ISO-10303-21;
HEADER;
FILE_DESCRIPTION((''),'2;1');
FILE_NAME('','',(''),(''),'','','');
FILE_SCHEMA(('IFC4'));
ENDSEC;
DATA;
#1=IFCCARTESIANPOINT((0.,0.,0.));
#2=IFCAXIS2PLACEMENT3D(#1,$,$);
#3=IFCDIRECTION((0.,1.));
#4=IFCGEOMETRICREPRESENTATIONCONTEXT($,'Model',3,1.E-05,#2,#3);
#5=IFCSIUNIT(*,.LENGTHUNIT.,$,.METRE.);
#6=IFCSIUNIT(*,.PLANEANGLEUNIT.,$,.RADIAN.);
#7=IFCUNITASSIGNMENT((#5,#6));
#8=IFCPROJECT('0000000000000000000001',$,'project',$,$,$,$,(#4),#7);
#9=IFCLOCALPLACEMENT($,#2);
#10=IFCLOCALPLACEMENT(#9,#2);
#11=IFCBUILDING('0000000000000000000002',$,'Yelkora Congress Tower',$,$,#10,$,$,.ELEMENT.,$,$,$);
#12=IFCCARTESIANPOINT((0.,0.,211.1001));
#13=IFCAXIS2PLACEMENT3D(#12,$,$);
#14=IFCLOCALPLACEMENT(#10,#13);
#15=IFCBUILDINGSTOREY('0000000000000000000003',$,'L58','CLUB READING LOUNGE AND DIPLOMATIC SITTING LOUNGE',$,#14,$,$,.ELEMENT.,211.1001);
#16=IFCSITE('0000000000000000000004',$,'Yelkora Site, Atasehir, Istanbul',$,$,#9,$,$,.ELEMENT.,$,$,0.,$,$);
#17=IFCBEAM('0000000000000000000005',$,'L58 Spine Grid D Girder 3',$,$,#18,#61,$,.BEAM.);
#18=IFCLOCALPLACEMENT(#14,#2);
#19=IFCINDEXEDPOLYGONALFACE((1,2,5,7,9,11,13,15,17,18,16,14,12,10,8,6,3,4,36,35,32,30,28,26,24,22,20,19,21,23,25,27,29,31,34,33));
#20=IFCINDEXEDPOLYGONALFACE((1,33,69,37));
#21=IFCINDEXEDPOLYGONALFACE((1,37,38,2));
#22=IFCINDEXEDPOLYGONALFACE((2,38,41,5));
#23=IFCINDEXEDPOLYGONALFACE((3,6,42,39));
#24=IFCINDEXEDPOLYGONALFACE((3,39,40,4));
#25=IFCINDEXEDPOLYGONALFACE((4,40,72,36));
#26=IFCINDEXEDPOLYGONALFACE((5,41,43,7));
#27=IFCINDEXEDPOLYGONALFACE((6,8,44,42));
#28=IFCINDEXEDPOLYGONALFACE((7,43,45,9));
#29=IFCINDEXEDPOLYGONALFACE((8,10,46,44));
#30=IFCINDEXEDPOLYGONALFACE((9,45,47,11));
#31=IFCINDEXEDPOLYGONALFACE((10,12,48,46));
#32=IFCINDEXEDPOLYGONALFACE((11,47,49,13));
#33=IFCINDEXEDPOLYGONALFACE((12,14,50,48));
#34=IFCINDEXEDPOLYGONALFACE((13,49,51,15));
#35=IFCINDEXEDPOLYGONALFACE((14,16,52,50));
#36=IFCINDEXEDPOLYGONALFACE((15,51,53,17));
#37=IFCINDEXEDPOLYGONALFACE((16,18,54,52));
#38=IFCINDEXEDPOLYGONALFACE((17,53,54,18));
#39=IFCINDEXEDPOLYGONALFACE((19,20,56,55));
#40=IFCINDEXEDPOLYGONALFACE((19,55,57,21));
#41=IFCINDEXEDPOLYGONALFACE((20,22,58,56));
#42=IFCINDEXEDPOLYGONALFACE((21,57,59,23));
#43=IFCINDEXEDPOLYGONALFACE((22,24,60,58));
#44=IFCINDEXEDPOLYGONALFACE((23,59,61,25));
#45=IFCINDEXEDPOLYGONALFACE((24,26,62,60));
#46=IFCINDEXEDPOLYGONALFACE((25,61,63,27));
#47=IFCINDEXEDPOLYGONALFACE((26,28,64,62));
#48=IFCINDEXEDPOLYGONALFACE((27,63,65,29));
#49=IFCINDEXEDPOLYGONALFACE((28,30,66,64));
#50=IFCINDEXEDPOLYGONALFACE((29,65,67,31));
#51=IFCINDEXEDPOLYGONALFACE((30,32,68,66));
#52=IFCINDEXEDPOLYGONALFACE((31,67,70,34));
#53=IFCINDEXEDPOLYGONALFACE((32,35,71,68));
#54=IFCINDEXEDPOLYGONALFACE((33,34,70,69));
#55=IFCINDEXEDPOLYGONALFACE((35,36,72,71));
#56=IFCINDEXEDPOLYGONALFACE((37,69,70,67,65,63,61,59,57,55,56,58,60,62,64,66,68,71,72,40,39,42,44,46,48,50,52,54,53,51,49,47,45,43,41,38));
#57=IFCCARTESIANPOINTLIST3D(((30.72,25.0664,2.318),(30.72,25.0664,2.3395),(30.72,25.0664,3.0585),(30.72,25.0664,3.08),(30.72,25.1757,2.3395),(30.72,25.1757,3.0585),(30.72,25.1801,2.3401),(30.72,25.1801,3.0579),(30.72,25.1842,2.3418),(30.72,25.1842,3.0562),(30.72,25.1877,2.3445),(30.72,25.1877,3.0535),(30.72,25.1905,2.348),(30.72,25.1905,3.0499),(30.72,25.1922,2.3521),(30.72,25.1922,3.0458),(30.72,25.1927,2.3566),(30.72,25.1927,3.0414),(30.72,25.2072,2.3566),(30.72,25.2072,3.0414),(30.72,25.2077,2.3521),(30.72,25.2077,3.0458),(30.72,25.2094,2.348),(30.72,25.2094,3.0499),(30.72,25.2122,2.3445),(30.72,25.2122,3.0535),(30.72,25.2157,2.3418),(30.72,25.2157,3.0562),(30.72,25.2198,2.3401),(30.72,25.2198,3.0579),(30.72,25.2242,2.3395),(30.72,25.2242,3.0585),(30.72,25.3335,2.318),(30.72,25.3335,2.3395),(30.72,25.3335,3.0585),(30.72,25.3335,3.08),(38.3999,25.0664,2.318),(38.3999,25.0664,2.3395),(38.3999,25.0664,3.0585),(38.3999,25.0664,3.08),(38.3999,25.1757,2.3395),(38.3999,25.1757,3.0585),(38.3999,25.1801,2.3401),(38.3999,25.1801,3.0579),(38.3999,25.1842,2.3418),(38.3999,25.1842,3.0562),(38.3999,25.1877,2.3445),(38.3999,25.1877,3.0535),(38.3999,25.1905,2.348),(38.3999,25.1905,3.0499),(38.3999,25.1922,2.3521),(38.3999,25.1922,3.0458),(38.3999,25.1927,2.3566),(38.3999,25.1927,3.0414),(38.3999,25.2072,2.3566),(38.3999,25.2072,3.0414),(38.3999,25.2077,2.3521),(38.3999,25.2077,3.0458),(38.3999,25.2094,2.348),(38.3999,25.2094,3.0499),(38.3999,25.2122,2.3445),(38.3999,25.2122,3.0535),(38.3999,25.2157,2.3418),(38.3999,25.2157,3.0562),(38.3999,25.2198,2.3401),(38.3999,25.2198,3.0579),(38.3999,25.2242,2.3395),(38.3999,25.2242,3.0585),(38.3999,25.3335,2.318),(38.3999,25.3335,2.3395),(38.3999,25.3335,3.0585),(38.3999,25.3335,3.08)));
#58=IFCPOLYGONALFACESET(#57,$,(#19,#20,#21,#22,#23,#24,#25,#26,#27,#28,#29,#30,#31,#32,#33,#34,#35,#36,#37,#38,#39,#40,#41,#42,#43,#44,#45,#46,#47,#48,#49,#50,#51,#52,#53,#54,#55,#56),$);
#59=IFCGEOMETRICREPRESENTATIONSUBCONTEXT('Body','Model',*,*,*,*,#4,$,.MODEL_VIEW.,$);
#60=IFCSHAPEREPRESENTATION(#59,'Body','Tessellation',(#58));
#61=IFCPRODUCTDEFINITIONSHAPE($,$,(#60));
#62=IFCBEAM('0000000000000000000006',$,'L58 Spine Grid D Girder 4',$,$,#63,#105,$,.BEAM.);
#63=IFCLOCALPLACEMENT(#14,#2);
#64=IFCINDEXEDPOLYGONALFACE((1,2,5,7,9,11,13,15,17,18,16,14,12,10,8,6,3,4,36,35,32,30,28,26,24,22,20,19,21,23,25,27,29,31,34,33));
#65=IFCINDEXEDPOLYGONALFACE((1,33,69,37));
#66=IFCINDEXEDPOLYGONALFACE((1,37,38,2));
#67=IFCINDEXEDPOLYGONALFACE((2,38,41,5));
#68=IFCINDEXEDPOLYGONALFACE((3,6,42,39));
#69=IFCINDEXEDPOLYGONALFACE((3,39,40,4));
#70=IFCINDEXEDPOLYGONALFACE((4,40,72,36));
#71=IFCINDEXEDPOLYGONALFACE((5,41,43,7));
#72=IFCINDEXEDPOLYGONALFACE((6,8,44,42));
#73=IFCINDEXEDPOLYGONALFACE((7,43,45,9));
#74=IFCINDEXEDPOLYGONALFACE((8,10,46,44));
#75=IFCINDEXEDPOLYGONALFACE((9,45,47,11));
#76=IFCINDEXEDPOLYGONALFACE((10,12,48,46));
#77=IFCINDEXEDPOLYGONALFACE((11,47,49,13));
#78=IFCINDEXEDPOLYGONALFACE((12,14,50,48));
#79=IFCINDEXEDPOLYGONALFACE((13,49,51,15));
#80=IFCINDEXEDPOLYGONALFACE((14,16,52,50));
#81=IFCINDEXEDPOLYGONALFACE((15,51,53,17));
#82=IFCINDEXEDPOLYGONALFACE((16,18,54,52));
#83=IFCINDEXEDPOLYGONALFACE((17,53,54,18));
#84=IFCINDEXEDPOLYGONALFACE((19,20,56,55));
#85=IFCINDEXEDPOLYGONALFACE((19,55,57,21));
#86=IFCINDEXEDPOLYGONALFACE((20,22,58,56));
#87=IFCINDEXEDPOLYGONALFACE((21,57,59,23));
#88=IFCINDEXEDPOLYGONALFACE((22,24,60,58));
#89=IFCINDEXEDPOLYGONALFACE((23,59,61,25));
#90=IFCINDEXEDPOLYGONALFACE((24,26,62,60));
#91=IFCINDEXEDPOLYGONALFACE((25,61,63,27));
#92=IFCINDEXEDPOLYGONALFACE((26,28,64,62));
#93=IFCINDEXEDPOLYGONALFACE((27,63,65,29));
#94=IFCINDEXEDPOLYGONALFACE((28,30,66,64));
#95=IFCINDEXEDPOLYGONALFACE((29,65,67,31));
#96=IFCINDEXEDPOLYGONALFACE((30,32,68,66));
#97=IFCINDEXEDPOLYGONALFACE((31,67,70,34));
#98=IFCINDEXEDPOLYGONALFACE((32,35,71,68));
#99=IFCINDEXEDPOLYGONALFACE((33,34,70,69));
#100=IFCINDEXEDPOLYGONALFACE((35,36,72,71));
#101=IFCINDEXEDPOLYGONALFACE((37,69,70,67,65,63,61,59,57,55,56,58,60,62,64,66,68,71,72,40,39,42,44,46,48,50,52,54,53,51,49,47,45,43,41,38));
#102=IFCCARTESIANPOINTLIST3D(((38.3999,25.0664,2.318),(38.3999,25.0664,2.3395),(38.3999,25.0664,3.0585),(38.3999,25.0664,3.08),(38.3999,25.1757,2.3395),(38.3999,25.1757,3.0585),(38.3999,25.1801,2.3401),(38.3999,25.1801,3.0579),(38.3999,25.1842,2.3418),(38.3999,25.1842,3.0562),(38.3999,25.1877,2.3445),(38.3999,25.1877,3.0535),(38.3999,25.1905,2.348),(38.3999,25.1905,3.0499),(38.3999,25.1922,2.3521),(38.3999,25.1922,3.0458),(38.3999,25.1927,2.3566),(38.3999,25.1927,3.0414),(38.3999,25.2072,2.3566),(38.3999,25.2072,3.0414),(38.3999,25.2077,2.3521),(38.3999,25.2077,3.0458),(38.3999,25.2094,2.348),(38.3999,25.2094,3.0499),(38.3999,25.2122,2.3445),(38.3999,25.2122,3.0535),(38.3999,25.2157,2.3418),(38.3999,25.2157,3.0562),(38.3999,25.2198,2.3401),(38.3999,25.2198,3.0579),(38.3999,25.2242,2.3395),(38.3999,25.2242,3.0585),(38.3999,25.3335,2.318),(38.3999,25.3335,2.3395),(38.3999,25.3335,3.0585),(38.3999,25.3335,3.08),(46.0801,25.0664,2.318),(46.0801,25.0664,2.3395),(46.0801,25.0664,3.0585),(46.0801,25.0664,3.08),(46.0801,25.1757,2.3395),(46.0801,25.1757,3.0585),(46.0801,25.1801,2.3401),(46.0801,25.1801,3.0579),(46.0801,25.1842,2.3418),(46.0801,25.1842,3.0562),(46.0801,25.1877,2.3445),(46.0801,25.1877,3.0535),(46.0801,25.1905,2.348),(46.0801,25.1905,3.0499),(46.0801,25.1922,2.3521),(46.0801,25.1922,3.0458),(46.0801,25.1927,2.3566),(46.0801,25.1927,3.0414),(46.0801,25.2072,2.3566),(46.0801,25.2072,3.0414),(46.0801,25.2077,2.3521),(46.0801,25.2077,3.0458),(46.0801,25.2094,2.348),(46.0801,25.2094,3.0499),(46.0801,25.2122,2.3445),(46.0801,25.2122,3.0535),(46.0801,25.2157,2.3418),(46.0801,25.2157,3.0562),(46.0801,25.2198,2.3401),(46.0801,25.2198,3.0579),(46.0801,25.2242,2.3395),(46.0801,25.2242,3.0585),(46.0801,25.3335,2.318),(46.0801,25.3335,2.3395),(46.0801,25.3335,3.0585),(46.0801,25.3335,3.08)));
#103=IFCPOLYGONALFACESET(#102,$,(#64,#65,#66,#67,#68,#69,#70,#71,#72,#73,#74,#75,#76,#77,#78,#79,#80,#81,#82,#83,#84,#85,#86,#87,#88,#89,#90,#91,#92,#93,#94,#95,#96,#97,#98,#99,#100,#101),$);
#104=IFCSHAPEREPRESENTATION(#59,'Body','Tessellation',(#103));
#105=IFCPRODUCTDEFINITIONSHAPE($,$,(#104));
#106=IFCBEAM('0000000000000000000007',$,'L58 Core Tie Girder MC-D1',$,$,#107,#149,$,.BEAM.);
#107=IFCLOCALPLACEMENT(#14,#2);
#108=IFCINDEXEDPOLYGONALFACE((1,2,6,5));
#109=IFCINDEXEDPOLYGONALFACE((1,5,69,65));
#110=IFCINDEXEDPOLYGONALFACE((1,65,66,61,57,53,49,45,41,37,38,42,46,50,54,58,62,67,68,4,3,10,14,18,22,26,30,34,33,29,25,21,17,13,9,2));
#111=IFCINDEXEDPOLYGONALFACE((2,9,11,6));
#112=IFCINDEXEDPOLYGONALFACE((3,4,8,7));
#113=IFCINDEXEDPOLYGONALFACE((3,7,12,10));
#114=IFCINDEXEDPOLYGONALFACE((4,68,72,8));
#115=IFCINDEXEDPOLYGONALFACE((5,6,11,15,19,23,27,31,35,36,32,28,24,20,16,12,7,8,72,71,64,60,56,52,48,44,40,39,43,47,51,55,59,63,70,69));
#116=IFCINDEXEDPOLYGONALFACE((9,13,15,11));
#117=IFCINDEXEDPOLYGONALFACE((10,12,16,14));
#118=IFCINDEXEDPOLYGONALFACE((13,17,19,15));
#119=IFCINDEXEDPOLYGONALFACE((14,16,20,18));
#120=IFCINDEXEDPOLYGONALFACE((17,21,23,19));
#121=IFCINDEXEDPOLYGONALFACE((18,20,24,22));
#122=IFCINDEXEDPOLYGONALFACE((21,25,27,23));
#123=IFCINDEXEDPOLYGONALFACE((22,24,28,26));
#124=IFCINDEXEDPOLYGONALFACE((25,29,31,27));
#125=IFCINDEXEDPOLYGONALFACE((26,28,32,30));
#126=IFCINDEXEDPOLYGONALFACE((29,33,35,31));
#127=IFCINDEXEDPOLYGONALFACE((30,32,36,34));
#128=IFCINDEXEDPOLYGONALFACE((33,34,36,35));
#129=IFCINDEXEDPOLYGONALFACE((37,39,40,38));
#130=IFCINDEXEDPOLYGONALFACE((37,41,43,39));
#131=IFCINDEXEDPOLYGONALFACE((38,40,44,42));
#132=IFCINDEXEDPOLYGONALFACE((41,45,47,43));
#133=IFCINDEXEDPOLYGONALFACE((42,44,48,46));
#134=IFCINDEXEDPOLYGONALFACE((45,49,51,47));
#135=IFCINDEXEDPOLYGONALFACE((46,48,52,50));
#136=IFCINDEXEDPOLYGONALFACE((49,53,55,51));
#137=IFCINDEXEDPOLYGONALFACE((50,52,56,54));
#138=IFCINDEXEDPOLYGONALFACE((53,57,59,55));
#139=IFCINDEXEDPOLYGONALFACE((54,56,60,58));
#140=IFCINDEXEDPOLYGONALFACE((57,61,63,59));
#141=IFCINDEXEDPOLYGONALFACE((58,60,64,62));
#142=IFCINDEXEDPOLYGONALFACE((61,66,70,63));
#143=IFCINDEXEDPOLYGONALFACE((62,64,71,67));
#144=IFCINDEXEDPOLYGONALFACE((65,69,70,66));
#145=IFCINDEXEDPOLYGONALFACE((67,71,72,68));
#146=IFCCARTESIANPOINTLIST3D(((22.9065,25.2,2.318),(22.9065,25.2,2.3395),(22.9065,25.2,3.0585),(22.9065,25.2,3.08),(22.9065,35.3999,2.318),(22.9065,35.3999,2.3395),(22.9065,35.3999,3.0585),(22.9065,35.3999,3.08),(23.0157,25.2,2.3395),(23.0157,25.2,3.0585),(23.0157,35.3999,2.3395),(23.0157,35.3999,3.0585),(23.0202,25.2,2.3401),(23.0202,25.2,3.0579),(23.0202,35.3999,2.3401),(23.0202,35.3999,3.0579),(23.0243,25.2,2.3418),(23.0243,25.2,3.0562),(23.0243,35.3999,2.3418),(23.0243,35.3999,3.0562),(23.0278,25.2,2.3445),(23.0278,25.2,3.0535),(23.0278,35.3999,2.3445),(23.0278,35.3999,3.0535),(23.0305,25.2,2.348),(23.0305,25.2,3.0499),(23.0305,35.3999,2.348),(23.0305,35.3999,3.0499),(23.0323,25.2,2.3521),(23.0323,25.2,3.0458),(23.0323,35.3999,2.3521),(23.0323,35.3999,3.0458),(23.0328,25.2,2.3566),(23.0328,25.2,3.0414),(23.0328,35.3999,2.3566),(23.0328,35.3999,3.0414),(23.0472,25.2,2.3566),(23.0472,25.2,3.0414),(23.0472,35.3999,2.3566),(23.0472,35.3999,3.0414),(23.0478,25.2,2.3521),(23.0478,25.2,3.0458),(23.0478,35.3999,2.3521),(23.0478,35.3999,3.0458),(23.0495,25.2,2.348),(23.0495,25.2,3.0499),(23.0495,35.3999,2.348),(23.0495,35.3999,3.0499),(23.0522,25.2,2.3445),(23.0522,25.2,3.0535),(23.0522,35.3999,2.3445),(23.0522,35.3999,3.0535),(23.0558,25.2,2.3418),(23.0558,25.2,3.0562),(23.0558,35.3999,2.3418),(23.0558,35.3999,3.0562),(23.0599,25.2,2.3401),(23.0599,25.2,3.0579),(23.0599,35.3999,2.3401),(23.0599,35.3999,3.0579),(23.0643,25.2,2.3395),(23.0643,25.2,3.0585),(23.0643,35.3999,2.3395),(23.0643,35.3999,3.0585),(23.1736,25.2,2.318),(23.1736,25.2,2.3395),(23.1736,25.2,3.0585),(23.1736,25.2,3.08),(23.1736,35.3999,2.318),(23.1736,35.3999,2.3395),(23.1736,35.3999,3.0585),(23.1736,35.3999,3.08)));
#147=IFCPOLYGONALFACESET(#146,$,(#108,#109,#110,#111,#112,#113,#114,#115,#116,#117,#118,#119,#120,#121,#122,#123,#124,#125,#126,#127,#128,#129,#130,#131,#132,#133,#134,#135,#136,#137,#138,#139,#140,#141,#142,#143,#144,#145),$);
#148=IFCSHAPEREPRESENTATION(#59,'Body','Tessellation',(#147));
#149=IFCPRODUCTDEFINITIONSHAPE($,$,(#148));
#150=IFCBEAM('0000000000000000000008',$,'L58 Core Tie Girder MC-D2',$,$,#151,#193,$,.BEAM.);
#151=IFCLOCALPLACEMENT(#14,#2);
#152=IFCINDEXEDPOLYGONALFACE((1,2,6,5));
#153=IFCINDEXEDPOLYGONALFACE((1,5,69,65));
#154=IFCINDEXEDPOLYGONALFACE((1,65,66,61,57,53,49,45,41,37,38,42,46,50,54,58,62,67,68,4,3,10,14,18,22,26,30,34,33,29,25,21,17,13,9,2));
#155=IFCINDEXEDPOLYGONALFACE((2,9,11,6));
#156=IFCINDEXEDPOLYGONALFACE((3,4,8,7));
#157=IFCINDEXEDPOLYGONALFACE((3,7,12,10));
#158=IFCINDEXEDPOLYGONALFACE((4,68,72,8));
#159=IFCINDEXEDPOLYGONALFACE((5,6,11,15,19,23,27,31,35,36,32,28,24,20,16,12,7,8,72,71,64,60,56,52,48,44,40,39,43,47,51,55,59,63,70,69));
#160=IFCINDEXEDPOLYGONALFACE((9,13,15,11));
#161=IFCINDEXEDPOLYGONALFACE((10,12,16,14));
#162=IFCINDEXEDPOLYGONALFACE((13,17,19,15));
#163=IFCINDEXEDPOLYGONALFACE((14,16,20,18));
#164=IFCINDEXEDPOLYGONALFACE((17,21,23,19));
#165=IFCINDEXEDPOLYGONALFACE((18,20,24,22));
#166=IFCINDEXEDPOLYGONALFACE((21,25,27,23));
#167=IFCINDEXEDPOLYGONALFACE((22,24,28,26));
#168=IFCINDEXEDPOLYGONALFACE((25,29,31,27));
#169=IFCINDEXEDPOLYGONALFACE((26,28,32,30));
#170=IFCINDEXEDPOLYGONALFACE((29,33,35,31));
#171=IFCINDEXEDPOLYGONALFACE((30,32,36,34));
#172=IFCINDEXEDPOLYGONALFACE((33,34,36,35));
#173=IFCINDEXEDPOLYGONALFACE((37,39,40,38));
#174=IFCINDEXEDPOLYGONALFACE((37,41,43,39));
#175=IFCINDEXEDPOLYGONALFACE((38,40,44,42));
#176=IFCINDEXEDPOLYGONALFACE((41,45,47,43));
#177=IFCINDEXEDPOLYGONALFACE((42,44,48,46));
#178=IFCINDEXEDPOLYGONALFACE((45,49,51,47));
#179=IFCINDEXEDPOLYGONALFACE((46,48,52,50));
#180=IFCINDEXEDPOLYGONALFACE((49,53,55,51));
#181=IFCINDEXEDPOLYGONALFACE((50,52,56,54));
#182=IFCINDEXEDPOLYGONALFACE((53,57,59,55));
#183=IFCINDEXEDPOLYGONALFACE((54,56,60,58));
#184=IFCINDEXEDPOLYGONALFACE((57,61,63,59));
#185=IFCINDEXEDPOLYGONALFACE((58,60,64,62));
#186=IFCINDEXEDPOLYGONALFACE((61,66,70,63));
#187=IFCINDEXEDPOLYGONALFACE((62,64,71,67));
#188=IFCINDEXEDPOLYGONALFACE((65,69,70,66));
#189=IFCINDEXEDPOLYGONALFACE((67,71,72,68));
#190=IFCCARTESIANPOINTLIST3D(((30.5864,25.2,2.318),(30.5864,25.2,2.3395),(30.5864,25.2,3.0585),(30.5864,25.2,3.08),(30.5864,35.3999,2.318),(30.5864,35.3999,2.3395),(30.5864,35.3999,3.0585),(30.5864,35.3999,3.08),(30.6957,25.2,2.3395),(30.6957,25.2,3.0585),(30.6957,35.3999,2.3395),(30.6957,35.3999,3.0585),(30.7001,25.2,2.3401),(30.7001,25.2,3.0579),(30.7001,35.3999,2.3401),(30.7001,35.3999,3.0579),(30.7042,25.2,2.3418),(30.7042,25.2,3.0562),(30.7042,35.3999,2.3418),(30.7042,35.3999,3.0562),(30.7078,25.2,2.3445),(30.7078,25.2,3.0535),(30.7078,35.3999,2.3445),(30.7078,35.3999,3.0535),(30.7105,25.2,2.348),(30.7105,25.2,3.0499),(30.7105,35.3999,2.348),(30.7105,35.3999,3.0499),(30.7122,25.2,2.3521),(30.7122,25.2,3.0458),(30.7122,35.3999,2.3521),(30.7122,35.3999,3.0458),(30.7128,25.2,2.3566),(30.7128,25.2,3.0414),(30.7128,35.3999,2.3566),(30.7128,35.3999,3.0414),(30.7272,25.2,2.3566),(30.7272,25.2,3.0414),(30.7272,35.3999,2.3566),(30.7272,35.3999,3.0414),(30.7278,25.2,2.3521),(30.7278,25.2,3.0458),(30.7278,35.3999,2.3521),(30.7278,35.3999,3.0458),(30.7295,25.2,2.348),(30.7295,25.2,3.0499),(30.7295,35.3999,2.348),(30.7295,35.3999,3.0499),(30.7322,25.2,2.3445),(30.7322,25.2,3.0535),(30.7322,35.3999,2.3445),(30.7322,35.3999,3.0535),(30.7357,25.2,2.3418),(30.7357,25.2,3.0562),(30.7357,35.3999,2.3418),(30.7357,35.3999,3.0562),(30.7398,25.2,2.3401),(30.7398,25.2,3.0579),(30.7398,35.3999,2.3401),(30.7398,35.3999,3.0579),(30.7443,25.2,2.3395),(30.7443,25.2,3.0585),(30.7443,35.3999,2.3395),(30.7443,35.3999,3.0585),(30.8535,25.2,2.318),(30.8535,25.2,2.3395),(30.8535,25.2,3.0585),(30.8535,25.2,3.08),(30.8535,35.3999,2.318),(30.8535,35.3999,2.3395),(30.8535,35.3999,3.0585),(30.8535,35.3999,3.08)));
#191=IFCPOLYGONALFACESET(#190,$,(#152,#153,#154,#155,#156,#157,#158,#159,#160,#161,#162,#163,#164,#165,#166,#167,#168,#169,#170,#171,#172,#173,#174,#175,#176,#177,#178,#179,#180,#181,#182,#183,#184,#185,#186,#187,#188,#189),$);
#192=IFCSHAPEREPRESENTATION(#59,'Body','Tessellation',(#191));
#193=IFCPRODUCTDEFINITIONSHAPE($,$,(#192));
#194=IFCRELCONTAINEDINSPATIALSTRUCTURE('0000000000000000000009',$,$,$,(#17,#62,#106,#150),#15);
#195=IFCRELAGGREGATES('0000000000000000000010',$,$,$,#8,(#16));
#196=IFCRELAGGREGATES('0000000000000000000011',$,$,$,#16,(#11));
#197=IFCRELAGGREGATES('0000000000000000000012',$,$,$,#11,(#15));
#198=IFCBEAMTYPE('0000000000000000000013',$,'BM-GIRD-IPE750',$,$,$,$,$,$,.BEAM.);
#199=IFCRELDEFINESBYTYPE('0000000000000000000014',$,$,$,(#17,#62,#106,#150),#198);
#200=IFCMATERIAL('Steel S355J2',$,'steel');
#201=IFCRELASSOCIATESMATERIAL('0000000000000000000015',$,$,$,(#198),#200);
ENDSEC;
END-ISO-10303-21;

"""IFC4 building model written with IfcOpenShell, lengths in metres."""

from ifc_helpers import new_model, si_unit, direction, frame, origin, origin_2d, place, context, subcontext, project, spatial, i_section, extrude, material, material_profile, profile_set, type_object, element, save


model = new_model("IFC4")

# Units and contexts
model_context = context("Model", 3, precision=1e-05, world=origin(), true_north=direction((0.0, 1.0)))
body_context = subcontext(model_context, "Body", "Model", "MODEL_VIEW")
ifc_project = project(units=[si_unit("LENGTHUNIT", "METRE"), si_unit("PLANEANGLEUNIT", "RADIAN")], contexts=[model_context])

# Site, building, storey
site_placement = place(None, origin())
site = spatial("IfcSite", under=ifc_project, at=site_placement, Name="Yelkora Site, Atasehir, Istanbul", CompositionType="ELEMENT", RefElevation=0.0)
building_placement = place(site_placement, origin())
building = spatial("IfcBuilding", under=site, at=building_placement, Name="Yelkora Congress Tower", CompositionType="ELEMENT")
storey_placement = place(building_placement, frame((0.0, 0.0, 211.1001)))
storey = spatial("IfcBuildingStorey", under=building, at=storey_placement, Name="L58", Description="CLUB READING LOUNGE AND DIPLOMATIC SITTING LOUNGE", CompositionType="ELEMENT", Elevation=211.1001)

# Beams
ifc_material_1 = material(Name="Steel S355J2", Category="steel")
ifc_material_profile_1 = material_profile(ifc_material_1, i_section(OverallWidth=0.2671, OverallDepth=0.762, WebThickness=0.0144, FlangeThickness=0.0215, FilletRadius=0.0171, at=origin_2d()), Name="IPE 750x173")
ifc_profile_set_1 = profile_set([ifc_material_profile_1], Name="Steel S355J2")
beam_type_1 = type_object("IfcBeamType", Name="BM-GIRD-IPE750", PredefinedType="BEAM", material=ifc_profile_set_1)
for number, where, z_axis, x_axis, name in (
    (1, (30.72, 25.2, 2.699), (1.0, 0.0, 0.0), (0.0, 1.0, 0.0), "L58 Spine Grid D Girder 3"),
):
    element("IfcBeam", number, at=place(storey_placement, frame(where, z_axis=z_axis, x_axis=x_axis)), inside=storey, type_object=beam_type_1, Name=name, PredefinedType="BEAM", context=body_context, shape_type="SweptSolid", body=[
        extrude(i_section(OverallWidth=0.2671, OverallDepth=0.762, WebThickness=0.0144, FlangeThickness=0.0215, FilletRadius=0.0171, at=origin_2d()), origin(), (0.0, 0.0, 1.0), 7.6799),
    ])
beam_1_placement = place(storey_placement, frame((38.3999, 25.2, 2.699), z_axis=(1.0, 0.0, 0.0), x_axis=(0.0, 1.0, 0.0)))
element("IfcBeam", 2, at=beam_1_placement, inside=storey, type_object=beam_type_1, Name="L58 Spine Grid D Girder 4", PredefinedType="BEAM", context=body_context, shape_type="SweptSolid", body=[
    extrude(i_section(OverallWidth=0.2671, OverallDepth=0.762, WebThickness=0.0144, FlangeThickness=0.0215, FilletRadius=0.0171, at=origin_2d()), origin(), (0.0, 0.0, 1.0), 7.6802),
])
for number, where, z_axis, x_axis, name in (
    (3, (23.04, 25.2, 2.699), (0.0, 1.0, 0.0), (-1.0, 0.0, 0.0), "L58 Core Tie Girder MC-D1"),
    (4, (30.72, 25.2, 2.699), (0.0, 1.0, 0.0), (-1.0, 0.0, 0.0), "L58 Core Tie Girder MC-D2"),
):
    element("IfcBeam", number, at=place(storey_placement, frame(where, z_axis=z_axis, x_axis=x_axis)), inside=storey, type_object=beam_type_1, Name=name, PredefinedType="BEAM", context=body_context, shape_type="SweptSolid", body=[
        extrude(i_section(OverallWidth=0.2671, OverallDepth=0.762, WebThickness=0.0144, FlangeThickness=0.0215, FilletRadius=0.0171, at=origin_2d()), origin(), (0.0, 0.0, 1.0), 10.2),
    ])

save(model, "model.ifc")
